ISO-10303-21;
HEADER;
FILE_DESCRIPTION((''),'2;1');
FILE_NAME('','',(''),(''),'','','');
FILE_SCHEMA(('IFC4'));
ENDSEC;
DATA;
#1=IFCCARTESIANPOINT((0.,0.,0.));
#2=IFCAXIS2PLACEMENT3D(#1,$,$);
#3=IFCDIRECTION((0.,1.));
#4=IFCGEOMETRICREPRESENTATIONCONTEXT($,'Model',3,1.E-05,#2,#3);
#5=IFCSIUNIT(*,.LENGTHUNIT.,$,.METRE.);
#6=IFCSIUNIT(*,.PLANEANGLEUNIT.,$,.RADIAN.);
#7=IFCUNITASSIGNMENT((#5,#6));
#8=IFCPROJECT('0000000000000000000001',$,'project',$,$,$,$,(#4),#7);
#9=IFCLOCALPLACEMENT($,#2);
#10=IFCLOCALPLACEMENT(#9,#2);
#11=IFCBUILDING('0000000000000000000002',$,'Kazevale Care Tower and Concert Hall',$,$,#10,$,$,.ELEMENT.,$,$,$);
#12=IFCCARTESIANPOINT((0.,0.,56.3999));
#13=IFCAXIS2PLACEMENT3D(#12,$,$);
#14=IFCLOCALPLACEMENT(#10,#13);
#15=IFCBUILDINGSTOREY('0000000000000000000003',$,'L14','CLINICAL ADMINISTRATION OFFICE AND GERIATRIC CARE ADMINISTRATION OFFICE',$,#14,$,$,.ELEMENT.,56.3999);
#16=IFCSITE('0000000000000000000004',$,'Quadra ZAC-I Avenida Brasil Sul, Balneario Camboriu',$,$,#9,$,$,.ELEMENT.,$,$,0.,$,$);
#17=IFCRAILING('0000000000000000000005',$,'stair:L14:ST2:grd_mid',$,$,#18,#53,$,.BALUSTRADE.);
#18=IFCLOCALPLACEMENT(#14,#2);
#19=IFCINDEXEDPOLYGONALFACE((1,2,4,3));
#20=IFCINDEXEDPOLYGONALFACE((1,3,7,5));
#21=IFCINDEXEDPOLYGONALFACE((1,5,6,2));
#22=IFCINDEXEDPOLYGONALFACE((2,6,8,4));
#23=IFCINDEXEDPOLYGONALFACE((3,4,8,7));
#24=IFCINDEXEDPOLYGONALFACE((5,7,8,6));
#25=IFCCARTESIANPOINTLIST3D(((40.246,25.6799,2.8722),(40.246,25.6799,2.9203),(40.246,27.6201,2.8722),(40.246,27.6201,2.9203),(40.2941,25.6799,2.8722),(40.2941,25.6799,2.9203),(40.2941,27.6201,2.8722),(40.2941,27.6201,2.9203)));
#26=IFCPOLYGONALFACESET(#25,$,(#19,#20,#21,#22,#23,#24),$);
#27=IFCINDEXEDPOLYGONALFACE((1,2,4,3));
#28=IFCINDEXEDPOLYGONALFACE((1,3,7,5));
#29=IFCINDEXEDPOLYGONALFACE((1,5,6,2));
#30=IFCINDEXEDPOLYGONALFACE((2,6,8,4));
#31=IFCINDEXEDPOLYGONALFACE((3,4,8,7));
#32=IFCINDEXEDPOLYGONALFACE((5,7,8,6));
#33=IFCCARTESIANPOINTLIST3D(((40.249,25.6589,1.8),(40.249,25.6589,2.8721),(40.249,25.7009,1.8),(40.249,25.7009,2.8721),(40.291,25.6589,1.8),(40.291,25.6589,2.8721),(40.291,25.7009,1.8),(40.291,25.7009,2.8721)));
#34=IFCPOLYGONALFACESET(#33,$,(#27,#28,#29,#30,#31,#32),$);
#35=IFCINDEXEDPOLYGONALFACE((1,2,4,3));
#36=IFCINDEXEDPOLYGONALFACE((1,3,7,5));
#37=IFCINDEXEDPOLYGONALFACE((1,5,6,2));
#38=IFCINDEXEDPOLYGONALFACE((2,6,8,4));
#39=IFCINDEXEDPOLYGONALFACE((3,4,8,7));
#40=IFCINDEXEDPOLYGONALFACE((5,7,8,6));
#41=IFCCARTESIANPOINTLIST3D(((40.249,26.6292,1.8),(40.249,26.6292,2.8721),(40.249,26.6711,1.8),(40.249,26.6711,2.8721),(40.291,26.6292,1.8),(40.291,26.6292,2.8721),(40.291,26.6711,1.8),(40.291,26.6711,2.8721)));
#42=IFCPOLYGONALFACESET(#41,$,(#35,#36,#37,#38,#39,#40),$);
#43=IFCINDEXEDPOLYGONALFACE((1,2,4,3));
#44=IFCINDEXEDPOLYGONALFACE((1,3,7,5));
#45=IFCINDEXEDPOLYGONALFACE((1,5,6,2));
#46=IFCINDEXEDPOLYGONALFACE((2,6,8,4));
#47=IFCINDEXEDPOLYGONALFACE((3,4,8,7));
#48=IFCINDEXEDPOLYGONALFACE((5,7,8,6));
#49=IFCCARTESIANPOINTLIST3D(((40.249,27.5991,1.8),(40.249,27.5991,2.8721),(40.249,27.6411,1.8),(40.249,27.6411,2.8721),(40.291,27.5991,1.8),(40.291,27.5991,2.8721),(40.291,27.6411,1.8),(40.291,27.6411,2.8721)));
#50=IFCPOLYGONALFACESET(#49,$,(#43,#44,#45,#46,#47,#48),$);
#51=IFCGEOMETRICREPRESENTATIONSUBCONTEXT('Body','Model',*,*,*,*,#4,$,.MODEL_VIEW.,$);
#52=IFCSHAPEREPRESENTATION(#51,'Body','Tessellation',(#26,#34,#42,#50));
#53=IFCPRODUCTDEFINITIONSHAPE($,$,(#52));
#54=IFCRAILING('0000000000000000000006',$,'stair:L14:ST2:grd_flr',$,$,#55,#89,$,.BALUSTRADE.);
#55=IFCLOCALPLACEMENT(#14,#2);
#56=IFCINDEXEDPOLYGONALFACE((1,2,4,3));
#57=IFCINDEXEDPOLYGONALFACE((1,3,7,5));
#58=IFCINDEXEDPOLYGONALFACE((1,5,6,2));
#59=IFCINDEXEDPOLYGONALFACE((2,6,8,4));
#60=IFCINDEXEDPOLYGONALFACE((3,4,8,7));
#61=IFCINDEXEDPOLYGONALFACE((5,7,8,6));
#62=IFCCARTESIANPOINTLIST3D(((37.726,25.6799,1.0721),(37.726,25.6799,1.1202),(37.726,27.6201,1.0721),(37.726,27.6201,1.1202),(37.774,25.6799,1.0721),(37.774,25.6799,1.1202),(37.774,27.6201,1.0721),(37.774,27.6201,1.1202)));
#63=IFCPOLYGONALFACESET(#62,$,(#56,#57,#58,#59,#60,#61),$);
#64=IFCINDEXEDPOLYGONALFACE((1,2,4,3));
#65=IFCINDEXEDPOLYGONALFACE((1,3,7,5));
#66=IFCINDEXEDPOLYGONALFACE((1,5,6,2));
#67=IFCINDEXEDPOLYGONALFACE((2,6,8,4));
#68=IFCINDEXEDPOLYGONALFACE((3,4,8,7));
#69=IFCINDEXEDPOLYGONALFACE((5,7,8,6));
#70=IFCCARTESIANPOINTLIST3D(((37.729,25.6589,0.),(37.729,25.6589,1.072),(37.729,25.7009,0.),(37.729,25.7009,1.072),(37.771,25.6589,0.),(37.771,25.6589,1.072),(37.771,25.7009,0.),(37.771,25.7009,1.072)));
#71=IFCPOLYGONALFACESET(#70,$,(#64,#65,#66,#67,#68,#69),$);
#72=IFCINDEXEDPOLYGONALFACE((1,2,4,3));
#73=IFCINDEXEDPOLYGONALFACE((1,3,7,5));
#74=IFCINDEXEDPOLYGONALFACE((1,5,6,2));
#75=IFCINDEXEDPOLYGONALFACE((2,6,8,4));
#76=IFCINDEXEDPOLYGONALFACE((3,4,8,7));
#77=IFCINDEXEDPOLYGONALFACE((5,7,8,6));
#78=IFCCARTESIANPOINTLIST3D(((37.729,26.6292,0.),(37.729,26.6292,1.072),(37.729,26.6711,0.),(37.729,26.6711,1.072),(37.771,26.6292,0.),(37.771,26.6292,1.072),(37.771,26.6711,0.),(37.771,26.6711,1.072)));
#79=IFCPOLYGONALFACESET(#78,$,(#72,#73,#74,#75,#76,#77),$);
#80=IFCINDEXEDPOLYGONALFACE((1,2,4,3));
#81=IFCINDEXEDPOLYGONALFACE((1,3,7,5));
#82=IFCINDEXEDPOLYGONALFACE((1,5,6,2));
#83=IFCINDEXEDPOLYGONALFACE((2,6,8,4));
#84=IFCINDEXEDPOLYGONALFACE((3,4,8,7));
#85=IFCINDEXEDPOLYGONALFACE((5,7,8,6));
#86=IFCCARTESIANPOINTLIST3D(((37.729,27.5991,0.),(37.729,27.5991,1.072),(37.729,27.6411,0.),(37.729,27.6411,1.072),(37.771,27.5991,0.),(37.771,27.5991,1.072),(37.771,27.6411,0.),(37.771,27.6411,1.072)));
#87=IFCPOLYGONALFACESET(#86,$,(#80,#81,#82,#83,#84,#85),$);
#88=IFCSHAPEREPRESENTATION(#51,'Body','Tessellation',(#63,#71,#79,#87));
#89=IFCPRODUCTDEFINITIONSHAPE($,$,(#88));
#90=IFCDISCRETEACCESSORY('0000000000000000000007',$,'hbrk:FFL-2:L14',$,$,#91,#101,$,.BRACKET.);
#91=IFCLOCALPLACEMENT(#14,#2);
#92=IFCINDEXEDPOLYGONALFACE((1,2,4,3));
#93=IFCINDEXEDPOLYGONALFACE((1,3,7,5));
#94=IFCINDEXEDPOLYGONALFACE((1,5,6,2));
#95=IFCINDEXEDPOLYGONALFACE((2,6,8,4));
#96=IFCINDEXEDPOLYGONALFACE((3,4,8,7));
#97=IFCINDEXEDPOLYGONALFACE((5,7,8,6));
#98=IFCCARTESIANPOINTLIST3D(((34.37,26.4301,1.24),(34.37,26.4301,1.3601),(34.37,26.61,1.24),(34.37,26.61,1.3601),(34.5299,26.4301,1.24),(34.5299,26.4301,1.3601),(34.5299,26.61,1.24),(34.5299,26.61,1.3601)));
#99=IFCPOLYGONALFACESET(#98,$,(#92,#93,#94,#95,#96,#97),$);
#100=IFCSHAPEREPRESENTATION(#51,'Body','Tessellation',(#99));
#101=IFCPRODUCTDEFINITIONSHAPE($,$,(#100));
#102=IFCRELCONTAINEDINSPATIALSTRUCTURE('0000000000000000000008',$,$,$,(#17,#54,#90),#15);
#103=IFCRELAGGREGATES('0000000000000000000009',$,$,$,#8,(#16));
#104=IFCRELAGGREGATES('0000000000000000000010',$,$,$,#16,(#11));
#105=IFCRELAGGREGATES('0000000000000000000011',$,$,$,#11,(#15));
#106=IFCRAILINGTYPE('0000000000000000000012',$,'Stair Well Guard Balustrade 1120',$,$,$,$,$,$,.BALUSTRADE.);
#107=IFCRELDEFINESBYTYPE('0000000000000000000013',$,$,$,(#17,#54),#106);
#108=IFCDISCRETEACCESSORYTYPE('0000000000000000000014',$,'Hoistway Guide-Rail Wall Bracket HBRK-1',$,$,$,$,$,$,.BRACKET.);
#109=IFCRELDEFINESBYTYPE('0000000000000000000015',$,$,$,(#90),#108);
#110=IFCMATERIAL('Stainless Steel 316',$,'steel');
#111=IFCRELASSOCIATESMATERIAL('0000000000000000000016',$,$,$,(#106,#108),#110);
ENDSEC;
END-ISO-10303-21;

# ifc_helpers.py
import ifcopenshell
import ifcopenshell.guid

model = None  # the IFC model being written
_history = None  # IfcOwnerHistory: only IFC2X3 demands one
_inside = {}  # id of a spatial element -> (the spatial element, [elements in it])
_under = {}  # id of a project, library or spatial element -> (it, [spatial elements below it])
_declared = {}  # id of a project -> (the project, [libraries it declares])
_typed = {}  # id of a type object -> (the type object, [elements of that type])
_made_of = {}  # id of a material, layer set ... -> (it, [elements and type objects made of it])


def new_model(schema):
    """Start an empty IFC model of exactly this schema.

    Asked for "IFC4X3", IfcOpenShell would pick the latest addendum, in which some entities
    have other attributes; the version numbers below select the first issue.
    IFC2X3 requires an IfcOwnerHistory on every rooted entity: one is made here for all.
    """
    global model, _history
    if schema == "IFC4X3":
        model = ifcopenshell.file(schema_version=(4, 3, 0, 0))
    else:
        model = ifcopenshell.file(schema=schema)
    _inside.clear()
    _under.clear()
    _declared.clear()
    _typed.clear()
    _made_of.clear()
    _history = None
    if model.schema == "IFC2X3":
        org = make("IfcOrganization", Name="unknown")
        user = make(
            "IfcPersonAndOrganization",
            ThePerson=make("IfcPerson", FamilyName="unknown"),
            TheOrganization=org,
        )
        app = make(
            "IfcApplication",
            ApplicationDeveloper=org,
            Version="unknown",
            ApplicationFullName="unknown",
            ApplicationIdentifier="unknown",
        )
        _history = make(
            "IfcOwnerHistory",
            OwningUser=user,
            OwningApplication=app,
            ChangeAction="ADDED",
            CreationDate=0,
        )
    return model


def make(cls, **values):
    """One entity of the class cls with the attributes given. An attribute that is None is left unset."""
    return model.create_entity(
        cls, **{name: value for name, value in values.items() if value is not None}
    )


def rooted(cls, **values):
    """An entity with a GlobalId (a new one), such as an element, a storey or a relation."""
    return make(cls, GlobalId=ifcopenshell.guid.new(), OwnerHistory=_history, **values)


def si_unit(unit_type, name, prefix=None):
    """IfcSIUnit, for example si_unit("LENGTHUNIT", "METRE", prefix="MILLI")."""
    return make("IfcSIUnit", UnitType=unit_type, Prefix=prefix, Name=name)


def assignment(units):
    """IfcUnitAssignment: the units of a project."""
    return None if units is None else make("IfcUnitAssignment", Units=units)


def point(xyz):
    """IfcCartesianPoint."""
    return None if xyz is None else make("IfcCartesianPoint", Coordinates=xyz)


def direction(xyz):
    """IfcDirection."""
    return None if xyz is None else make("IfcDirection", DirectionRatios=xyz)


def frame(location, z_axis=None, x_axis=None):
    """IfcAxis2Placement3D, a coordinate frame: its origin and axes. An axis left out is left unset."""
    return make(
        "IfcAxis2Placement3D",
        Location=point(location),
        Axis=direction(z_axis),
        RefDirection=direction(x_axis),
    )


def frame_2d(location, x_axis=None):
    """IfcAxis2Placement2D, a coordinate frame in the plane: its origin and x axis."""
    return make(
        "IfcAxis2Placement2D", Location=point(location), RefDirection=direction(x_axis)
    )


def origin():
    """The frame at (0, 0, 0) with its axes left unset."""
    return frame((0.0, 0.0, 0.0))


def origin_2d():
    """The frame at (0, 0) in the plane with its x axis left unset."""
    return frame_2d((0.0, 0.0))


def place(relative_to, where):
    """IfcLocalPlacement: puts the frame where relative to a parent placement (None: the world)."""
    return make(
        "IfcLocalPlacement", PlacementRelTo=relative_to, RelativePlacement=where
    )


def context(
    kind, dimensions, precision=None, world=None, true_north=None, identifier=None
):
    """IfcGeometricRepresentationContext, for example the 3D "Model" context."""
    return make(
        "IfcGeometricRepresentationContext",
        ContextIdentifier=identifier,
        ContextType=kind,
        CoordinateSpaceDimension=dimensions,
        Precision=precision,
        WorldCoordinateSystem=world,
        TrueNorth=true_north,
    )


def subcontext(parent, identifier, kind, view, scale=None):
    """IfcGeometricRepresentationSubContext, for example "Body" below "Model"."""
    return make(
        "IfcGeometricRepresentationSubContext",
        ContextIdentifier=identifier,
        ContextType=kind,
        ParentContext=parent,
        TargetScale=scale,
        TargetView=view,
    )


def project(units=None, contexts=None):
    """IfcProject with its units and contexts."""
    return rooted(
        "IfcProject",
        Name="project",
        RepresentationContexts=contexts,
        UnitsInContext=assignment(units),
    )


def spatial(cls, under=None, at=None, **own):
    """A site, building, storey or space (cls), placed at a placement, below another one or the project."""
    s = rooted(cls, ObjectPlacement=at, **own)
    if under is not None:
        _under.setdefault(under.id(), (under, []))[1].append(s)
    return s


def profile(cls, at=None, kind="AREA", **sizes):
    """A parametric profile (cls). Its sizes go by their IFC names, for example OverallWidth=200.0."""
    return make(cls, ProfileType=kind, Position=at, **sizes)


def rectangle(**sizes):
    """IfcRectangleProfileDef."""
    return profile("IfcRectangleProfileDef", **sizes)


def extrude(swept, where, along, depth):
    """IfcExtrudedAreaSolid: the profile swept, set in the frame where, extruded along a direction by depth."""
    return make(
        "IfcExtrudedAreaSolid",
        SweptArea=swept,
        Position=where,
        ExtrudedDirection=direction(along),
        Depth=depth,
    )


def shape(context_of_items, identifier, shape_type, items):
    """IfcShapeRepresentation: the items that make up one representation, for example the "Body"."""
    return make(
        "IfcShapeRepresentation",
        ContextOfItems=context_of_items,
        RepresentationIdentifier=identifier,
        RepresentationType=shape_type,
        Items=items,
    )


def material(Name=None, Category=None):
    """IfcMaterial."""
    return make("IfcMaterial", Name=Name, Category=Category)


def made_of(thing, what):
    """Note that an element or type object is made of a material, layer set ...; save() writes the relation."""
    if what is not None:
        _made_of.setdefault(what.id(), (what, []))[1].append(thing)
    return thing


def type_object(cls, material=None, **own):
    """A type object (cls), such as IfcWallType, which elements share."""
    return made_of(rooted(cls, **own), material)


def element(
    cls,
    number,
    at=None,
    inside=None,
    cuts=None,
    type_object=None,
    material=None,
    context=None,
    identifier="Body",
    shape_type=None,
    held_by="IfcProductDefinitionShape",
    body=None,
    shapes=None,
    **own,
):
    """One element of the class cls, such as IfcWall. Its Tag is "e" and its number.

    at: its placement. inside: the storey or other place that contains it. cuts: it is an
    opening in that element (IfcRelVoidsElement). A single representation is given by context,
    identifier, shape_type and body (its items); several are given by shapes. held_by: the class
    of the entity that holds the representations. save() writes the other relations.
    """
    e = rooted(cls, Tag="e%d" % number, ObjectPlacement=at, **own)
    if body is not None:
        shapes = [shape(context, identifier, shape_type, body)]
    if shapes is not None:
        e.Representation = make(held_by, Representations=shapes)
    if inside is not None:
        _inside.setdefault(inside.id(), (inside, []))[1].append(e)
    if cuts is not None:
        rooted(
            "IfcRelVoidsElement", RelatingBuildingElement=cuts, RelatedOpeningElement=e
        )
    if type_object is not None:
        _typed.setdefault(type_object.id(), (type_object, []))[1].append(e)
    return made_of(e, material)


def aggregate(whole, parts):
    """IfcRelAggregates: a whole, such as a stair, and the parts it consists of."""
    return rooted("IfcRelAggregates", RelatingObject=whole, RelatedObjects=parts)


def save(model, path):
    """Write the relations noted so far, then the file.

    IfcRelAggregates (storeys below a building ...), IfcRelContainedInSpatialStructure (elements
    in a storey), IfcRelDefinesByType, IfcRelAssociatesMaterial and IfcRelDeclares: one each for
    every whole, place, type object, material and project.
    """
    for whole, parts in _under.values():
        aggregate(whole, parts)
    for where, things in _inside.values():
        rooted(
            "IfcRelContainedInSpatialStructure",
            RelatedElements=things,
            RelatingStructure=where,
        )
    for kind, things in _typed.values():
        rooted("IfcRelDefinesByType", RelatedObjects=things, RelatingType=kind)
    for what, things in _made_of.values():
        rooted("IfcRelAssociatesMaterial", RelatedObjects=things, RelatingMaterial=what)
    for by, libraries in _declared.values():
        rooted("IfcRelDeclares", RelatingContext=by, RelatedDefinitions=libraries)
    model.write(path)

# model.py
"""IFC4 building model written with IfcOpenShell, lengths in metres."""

from ifc_helpers import new_model, si_unit, direction, frame, origin, origin_2d, place, context, subcontext, project, spatial, rectangle, extrude, material, type_object, element, save


model = new_model("IFC4")

# Units and contexts
model_context = context("Model", 3, precision=1e-05, world=origin(), true_north=direction((0.0, 1.0)))
body_context = subcontext(model_context, "Body", "Model", "MODEL_VIEW")
ifc_project = project(units=[si_unit("LENGTHUNIT", "METRE"), si_unit("PLANEANGLEUNIT", "RADIAN")], contexts=[model_context])

# Site, building, storey
site_placement = place(None, origin())
site = spatial("IfcSite", under=ifc_project, at=site_placement, Name="Quadra ZAC-I Avenida Brasil Sul, Balneario Camboriu", CompositionType="ELEMENT", RefElevation=0.0)
building_placement = place(site_placement, origin())
building = spatial("IfcBuilding", under=site, at=building_placement, Name="Kazevale Care Tower and Concert Hall", CompositionType="ELEMENT")
storey_placement = place(building_placement, frame((0.0, 0.0, 56.3999)))
storey = spatial("IfcBuildingStorey", under=building, at=storey_placement, Name="L14", Description="CLINICAL ADMINISTRATION OFFICE AND GERIATRIC CARE ADMINISTRATION OFFICE", CompositionType="ELEMENT", Elevation=56.3999)

# Railings
ifc_material_1 = material(Name="Stainless Steel 316", Category="steel")
railing_type_1 = type_object("IfcRailingType", Name="Stair Well Guard Balustrade 1120", PredefinedType="BALUSTRADE", material=ifc_material_1)
for number, where, name in (
    (1, (40.27, 25.6799, 1.8), "stair:L14:ST2:grd_mid"),
    (2, (37.75, 25.6799, 0.0), "stair:L14:ST2:grd_flr"),
):
    element("IfcRailing", number, at=place(storey_placement, frame(where)), inside=storey, type_object=railing_type_1, Name=name, PredefinedType="BALUSTRADE", context=body_context, shape_type="SweptSolid", body=[
        extrude(rectangle(XDim=0.0481, YDim=0.0481, at=origin_2d()), frame((0.0, 0.0, 1.0962), z_axis=(0.0, 1.0, 0.0), x_axis=(-1.0, 0.0, 0.0)), (0.0, 0.0, 1.0), 1.9402),
        extrude(rectangle(XDim=0.042, YDim=0.042, at=origin_2d()), origin(), (0.0, 0.0, 1.0), 1.072),
        extrude(rectangle(XDim=0.042, YDim=0.042, at=origin_2d()), frame((0.0, 0.9702, 0.0)), (0.0, 0.0, 1.0), 1.072),
        extrude(rectangle(XDim=0.042, YDim=0.042, at=origin_2d()), frame((0.0, 1.9402, 0.0)), (0.0, 0.0, 1.0), 1.072),
    ])

# Discrete accessory
discrete_accessory_type = type_object("IfcDiscreteAccessoryType", Name="Hoistway Guide-Rail Wall Bracket HBRK-1", PredefinedType="BRACKET", material=ifc_material_1)
discrete_accessory_placement = place(storey_placement, frame((34.45, 26.52, 1.24), z_axis=(0.0, 0.0, 1.0), x_axis=(1.0, 0.0, 0.0)))
element("IfcDiscreteAccessory", 3, at=discrete_accessory_placement, inside=storey, type_object=discrete_accessory_type, Name="hbrk:FFL-2:L14", PredefinedType="BRACKET", context=body_context, shape_type="SweptSolid", body=[
    extrude(rectangle(XDim=0.1599, YDim=0.1799, at=origin_2d()), origin(), (0.0, 0.0, 1.0), 0.1201),
])

save(model, "model.ifc")
